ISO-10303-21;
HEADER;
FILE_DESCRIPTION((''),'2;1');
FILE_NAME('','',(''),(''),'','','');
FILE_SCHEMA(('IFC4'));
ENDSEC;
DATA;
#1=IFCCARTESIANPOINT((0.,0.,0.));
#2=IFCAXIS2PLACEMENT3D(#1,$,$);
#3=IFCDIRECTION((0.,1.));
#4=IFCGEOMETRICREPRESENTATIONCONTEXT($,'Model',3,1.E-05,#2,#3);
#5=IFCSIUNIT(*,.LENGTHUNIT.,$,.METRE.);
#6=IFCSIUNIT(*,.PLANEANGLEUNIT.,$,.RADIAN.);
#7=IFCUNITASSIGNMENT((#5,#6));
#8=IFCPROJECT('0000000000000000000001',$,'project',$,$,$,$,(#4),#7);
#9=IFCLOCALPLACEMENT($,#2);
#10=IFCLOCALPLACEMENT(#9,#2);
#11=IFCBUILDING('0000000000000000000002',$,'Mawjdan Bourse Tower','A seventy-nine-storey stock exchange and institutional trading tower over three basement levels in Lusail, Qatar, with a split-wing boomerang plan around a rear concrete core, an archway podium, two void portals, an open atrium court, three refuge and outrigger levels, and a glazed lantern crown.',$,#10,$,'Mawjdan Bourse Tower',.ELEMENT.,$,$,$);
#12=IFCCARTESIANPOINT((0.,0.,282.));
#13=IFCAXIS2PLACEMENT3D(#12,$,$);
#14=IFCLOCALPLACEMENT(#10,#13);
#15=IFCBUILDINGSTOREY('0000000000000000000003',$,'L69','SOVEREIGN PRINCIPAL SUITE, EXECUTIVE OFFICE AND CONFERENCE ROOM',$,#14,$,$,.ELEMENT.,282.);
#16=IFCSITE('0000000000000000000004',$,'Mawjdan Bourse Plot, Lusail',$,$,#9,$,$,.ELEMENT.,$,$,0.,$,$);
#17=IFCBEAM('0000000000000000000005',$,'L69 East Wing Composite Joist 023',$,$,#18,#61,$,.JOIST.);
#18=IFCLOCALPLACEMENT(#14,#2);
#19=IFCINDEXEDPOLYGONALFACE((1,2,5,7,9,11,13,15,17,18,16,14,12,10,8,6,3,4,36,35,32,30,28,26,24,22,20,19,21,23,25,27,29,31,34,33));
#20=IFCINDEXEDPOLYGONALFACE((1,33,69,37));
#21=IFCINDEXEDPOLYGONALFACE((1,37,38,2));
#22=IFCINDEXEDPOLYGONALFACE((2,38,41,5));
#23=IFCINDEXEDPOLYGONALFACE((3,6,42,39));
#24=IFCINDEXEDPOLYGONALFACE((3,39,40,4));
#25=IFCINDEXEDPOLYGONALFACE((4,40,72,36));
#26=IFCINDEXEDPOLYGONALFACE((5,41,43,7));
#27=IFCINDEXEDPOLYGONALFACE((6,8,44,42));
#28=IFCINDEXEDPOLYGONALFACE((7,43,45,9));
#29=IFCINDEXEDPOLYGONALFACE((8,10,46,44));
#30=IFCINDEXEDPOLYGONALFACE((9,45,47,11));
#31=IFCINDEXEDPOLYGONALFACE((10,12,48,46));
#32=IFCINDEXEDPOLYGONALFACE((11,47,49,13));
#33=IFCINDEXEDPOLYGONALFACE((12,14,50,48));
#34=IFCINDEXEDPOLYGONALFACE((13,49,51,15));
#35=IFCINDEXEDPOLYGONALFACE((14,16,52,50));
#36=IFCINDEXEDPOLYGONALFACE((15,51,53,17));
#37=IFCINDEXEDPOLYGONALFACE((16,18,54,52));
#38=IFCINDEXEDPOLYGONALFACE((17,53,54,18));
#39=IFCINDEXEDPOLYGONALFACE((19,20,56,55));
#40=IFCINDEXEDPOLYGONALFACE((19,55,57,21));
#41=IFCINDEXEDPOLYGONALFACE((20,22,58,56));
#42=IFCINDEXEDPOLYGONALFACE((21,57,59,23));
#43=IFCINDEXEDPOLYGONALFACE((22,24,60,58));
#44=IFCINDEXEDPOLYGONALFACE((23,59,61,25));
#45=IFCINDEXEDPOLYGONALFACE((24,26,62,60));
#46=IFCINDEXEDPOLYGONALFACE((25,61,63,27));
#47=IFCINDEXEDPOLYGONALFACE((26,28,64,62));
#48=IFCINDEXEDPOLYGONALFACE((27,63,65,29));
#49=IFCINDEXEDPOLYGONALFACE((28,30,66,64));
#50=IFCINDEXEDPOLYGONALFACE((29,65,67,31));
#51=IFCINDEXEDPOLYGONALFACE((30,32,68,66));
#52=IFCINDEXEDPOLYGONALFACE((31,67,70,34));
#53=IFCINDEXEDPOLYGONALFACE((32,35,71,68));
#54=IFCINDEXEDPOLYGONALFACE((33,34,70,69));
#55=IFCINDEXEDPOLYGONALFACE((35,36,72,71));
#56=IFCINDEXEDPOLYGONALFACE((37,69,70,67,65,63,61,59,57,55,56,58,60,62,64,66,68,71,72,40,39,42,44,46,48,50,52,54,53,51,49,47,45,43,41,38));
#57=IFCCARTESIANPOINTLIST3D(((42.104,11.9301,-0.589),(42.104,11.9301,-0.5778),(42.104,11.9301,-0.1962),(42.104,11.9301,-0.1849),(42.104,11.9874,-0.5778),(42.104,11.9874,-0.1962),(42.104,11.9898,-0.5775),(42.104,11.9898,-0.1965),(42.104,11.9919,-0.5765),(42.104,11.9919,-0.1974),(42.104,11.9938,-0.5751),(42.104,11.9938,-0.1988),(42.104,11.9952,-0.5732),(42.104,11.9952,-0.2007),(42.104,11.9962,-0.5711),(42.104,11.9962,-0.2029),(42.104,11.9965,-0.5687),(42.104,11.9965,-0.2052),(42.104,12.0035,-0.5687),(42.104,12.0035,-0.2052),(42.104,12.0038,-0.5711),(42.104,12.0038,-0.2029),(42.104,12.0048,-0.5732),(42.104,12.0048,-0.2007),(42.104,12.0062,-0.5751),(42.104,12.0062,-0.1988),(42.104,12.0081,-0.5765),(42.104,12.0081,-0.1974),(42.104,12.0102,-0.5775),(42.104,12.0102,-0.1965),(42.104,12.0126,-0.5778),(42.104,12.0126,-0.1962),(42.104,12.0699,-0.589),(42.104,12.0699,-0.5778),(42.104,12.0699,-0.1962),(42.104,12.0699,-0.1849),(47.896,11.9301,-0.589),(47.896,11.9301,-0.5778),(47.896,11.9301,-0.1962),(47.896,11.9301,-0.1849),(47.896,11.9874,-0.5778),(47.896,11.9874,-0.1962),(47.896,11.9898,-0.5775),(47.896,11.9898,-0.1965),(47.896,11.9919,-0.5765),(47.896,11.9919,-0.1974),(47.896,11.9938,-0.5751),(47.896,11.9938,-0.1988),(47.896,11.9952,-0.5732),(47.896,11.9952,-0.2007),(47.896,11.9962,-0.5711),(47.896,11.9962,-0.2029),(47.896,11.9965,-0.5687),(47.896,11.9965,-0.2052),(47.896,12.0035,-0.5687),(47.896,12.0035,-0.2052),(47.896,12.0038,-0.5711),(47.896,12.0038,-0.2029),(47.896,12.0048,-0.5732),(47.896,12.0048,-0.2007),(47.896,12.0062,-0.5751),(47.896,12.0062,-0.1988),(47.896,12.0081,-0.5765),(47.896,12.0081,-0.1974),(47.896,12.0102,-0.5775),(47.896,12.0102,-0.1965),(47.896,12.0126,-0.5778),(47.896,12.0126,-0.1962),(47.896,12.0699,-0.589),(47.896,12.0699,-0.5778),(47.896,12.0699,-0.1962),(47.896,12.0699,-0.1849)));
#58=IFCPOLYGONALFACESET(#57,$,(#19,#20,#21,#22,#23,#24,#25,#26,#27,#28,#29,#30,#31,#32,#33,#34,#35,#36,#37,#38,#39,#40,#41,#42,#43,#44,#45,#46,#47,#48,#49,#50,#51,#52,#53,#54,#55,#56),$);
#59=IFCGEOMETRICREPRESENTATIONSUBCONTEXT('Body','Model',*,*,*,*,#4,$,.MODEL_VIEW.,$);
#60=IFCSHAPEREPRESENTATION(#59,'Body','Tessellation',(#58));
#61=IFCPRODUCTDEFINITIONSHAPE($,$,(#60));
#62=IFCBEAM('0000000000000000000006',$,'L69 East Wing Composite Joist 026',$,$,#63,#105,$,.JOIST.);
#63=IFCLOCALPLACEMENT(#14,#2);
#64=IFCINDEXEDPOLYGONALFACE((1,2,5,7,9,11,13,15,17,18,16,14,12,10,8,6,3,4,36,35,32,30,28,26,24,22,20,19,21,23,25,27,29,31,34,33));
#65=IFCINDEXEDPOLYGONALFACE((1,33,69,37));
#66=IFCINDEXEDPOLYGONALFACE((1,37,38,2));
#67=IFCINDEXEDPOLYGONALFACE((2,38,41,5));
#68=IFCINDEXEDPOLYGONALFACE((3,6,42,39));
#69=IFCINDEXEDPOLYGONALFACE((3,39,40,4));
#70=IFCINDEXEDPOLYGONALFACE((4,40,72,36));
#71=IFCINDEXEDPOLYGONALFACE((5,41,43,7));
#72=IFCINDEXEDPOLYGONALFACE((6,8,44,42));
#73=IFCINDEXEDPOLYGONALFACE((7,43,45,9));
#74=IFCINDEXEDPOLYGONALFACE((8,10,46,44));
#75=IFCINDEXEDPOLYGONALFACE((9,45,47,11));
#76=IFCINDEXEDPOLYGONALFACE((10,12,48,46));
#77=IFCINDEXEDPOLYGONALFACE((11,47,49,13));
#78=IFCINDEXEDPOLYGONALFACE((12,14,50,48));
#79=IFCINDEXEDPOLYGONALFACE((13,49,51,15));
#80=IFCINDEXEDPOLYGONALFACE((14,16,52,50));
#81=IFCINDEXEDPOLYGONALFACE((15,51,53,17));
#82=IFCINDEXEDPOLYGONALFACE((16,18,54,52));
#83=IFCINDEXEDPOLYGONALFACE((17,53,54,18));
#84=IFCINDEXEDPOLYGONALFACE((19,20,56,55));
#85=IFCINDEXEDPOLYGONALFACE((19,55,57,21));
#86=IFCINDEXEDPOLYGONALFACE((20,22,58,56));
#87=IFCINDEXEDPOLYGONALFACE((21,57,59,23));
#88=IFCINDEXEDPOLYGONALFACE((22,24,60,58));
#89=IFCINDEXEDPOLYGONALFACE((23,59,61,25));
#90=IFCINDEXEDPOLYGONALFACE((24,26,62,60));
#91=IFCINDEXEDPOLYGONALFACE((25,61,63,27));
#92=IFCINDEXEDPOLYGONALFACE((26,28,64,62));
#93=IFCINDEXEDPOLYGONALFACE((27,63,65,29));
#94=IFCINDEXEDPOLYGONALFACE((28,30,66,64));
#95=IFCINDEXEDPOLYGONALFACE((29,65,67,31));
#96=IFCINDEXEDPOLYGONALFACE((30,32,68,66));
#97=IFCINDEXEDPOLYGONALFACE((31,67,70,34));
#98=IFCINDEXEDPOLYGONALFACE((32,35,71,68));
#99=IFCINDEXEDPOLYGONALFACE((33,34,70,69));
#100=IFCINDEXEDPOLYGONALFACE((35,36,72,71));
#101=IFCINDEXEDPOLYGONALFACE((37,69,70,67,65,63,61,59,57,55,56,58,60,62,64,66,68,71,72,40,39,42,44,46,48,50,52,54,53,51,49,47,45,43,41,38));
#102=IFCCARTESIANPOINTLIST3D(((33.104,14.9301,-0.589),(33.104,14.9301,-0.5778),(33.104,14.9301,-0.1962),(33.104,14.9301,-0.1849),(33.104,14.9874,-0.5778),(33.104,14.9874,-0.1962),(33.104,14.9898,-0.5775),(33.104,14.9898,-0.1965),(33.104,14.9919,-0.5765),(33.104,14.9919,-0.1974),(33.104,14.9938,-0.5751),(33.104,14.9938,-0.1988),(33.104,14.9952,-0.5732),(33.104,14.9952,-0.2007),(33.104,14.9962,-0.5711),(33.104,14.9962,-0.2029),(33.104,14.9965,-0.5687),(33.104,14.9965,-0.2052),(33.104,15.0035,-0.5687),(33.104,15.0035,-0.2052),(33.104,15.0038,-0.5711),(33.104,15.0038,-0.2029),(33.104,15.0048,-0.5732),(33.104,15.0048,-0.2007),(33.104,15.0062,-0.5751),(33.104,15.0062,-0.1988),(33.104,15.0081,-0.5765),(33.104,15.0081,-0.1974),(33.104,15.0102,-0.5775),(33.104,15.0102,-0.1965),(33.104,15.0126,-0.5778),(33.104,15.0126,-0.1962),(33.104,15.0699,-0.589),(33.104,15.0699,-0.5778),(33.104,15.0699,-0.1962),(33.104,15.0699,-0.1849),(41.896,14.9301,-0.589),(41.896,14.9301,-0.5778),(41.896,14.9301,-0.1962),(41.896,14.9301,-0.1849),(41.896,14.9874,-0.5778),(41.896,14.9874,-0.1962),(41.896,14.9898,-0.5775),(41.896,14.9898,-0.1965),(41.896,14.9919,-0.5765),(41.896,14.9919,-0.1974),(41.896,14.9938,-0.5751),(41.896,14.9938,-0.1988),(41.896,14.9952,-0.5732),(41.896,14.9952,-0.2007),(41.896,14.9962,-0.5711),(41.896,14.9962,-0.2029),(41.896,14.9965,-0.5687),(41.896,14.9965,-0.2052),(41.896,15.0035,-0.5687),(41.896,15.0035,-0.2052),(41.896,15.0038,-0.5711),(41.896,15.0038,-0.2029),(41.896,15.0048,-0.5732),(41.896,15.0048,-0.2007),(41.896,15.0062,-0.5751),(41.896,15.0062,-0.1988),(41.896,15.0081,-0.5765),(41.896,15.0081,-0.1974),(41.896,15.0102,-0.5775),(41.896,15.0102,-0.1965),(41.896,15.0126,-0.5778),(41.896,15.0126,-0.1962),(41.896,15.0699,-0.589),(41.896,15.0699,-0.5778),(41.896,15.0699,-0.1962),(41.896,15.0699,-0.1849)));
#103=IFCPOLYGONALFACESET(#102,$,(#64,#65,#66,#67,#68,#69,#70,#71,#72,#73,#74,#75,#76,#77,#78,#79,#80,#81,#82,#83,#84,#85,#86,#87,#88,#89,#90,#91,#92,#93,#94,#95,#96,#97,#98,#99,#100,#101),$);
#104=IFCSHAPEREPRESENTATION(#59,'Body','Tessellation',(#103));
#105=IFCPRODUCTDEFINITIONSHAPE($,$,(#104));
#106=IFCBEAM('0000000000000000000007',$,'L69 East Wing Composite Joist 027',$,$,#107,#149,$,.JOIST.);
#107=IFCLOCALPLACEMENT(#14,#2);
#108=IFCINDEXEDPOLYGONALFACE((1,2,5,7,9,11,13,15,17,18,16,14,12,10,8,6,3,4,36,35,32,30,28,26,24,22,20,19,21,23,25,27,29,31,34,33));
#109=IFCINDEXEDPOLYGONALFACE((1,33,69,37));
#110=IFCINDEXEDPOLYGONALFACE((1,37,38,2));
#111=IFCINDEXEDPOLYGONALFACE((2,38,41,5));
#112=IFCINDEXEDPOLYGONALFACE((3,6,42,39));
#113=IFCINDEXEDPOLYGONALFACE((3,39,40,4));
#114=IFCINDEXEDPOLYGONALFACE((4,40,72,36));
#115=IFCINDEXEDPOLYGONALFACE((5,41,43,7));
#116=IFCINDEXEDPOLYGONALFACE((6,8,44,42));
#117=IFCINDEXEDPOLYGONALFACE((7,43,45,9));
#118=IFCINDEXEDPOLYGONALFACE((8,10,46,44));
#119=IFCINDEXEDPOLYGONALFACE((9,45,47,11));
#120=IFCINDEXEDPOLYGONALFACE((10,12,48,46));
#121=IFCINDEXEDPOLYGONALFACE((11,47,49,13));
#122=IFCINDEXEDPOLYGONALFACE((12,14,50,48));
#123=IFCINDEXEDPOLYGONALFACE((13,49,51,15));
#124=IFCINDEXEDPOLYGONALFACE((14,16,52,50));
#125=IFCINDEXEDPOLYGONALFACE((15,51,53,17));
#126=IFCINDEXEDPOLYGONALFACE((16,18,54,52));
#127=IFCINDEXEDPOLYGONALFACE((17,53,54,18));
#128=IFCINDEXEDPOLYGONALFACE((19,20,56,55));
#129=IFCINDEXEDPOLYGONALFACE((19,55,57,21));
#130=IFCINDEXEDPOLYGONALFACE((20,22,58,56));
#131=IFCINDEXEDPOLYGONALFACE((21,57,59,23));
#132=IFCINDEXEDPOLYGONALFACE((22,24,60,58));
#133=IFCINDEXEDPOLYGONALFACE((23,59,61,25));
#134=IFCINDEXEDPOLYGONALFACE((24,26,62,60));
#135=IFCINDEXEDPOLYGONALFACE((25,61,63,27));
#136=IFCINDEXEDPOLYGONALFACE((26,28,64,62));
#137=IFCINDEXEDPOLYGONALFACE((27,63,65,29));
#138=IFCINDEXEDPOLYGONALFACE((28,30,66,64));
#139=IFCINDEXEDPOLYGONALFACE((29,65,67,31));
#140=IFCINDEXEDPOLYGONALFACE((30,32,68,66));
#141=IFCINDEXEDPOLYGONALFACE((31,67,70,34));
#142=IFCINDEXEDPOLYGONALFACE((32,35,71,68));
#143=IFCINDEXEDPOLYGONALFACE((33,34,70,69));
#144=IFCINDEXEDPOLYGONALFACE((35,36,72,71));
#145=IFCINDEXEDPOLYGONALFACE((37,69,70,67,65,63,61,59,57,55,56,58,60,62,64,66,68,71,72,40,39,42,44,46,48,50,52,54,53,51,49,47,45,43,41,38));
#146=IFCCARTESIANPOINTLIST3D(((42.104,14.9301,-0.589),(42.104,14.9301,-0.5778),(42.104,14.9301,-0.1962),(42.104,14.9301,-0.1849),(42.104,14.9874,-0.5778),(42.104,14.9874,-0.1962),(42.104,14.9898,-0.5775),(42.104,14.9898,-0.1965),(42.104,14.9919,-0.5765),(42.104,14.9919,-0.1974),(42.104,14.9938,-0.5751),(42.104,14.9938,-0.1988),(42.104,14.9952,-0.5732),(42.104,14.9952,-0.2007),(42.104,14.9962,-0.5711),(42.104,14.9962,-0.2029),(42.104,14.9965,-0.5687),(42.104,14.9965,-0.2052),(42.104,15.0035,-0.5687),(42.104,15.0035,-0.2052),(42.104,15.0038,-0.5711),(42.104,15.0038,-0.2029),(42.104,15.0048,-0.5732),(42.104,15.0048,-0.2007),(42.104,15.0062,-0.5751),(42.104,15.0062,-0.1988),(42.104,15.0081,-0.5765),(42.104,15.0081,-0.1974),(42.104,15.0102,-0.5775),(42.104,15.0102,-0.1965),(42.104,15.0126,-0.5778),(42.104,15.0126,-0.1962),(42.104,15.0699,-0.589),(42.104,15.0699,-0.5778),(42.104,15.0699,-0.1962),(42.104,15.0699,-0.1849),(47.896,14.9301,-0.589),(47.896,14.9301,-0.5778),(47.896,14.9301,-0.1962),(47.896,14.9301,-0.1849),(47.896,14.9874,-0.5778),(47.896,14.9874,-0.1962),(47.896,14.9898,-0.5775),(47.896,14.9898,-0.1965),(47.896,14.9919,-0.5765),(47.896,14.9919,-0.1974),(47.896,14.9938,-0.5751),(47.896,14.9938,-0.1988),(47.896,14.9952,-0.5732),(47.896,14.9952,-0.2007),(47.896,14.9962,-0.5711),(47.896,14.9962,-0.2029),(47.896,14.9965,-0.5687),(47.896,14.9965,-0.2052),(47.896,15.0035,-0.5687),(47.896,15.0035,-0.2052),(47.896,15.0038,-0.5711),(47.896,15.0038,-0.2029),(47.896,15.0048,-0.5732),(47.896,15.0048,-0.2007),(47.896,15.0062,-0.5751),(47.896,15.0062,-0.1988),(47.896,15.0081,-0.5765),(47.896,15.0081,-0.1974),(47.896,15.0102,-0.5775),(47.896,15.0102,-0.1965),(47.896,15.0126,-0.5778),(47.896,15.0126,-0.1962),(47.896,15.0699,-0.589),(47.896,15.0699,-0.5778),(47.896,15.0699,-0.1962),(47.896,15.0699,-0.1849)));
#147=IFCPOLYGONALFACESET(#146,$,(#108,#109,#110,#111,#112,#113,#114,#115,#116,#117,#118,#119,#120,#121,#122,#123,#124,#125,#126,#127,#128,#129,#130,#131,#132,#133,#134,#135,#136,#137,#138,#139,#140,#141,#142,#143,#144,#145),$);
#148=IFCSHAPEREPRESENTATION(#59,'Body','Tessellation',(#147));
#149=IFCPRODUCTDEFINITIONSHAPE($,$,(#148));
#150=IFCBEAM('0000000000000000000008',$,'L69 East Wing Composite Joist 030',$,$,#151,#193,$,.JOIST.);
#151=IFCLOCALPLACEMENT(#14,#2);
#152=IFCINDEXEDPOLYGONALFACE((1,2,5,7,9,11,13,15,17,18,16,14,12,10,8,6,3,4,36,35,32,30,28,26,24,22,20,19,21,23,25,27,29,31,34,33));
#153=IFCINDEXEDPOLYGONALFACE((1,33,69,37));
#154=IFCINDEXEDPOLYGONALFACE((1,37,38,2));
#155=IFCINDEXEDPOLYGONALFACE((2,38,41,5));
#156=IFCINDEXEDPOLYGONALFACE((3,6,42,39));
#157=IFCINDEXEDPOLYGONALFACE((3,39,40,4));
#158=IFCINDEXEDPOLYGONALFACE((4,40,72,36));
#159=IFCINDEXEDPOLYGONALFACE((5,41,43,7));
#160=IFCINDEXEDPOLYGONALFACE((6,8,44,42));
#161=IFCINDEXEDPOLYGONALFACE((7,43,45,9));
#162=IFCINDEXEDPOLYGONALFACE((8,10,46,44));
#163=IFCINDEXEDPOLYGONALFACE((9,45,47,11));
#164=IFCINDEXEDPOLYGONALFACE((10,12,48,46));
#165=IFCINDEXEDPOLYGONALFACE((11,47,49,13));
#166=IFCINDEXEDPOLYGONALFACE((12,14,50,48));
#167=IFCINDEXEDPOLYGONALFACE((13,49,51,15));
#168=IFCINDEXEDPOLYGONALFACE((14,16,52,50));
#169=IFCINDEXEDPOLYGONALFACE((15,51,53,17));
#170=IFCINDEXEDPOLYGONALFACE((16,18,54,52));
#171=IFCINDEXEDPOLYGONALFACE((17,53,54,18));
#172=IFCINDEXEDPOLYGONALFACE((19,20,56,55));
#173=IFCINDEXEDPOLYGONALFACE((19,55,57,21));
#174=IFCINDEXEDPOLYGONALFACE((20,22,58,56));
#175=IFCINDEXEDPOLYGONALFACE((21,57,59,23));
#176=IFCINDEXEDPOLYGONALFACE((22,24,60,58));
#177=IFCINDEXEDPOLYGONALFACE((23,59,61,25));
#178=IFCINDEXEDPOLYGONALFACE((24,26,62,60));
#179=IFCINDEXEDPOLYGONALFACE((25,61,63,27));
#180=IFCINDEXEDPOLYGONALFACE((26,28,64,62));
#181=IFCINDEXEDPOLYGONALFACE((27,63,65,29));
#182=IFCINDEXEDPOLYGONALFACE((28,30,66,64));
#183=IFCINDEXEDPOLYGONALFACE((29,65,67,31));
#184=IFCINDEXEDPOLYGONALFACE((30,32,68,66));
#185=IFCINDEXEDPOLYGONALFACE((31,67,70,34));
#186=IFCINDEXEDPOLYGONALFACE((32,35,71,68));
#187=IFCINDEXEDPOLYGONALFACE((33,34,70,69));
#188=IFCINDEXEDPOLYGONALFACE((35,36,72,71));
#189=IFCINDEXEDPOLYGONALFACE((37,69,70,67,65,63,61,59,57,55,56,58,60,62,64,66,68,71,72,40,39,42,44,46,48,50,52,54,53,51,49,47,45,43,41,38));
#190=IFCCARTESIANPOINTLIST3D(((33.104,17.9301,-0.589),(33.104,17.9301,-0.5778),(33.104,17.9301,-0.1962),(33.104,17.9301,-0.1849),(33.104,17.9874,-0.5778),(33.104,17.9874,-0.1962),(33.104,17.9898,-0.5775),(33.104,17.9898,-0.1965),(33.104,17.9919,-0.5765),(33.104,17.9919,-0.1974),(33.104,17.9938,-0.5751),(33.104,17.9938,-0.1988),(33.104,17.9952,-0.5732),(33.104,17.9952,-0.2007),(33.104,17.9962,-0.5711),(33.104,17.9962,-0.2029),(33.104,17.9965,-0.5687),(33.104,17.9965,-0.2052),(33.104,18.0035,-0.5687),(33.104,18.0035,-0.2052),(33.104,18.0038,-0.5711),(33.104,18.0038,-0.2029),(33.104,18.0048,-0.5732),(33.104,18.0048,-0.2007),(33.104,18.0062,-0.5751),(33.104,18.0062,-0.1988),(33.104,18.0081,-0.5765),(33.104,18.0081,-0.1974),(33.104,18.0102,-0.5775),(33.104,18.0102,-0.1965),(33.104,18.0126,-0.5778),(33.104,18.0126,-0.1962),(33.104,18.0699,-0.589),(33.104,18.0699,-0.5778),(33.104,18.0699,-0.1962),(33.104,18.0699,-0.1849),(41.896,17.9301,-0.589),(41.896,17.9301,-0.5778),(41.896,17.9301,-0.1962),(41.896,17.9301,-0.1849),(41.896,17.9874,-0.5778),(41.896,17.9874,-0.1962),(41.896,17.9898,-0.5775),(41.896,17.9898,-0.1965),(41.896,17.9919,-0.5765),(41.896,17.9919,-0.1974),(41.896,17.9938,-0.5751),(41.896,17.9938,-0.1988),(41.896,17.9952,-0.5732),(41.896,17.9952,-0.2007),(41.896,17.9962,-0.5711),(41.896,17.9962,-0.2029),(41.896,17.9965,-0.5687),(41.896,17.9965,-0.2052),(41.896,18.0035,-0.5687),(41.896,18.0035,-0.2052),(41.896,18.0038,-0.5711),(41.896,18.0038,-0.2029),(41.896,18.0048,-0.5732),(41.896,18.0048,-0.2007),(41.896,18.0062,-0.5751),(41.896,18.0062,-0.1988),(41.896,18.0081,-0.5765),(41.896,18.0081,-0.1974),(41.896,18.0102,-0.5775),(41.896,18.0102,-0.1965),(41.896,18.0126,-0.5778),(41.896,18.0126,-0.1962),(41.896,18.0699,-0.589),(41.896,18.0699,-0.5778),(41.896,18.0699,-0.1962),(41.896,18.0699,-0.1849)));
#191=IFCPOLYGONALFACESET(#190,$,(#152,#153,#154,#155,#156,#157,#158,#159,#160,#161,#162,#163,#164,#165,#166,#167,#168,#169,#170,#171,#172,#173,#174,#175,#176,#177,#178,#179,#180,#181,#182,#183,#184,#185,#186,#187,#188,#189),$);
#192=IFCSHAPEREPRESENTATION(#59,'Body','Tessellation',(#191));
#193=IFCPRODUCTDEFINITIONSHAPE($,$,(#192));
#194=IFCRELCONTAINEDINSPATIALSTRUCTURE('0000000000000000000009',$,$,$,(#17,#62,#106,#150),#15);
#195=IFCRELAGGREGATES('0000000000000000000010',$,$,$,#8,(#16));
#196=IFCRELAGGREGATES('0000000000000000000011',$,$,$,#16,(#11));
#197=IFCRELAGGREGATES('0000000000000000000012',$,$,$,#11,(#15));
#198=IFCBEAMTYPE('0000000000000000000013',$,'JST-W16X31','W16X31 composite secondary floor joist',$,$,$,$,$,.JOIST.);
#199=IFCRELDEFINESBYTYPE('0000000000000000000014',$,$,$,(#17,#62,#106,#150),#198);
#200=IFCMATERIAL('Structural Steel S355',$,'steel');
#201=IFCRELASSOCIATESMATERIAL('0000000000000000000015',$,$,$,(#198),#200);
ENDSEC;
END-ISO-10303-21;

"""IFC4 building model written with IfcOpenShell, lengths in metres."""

from ifc_helpers import new_model, si_unit, direction, frame, origin, origin_2d, place, context, subcontext, project, spatial, i_section, extrude, material, material_profile, profile_set, type_object, element, save


model = new_model("IFC4")

# Units and contexts
model_context = context("Model", 3, precision=1e-05, world=origin(), true_north=direction((0.0, 1.0)))
body_context = subcontext(model_context, "Body", "Model", "MODEL_VIEW")
ifc_project = project(units=[si_unit("LENGTHUNIT", "METRE"), si_unit("PLANEANGLEUNIT", "RADIAN")], contexts=[model_context])

# Site, building, storey
site_placement = place(None, origin())
site = spatial("IfcSite", under=ifc_project, at=site_placement, Name="Mawjdan Bourse Plot, Lusail", CompositionType="ELEMENT", RefElevation=0.0)
building_placement = place(site_placement, origin())
building = spatial("IfcBuilding", under=site, at=building_placement, Name="Mawjdan Bourse Tower", Description="A seventy-nine-storey stock exchange and institutional trading tower over three basement levels in Lusail, Qatar, with a split-wing boomerang plan around a rear concrete core, an archway podium, two void portals, an open atrium court, three refuge and outrigger levels, and a glazed lantern crown.", LongName="Mawjdan Bourse Tower", CompositionType="ELEMENT")
storey_placement = place(building_placement, frame((0.0, 0.0, 282.0)))
storey = spatial("IfcBuildingStorey", under=building, at=storey_placement, Name="L69", Description="SOVEREIGN PRINCIPAL SUITE, EXECUTIVE OFFICE AND CONFERENCE ROOM", CompositionType="ELEMENT", Elevation=282.0)

# Beams
ifc_material_1 = material(Name="Structural Steel S355", Category="steel")
ifc_material_profile_1 = material_profile(ifc_material_1, i_section(OverallWidth=0.1399, OverallDepth=0.4041, WebThickness=0.0071, FlangeThickness=0.0112, FilletRadius=0.009, at=origin_2d()), Name="W16X31")
ifc_profile_set_1 = profile_set([ifc_material_profile_1], Name="Structural Steel S355")
beam_type_1 = type_object("IfcBeamType", Name="JST-W16X31", Description="W16X31 composite secondary floor joist", PredefinedType="JOIST", material=ifc_profile_set_1)
for number, where, z_axis, x_axis, name in (
    (1, (42.104, 12.0, -0.387), (1.0, 0.0, 0.0), (0.0, 1.0, 0.0), "L69 East Wing Composite Joist 023"),
):
    element("IfcBeam", number, at=place(storey_placement, frame(where, z_axis=z_axis, x_axis=x_axis)), inside=storey, type_object=beam_type_1, Name=name, PredefinedType="JOIST", context=body_context, shape_type="SweptSolid", body=[
        extrude(i_section(OverallWidth=0.1399, OverallDepth=0.4041, WebThickness=0.0071, FlangeThickness=0.0112, FilletRadius=0.009, at=origin_2d()), origin(), (0.0, 0.0, 1.0), 5.792),
    ])
beam_1_placement = place(storey_placement, frame((33.104, 15.0, -0.387), z_axis=(1.0, 0.0, 0.0), x_axis=(0.0, 1.0, 0.0)))
element("IfcBeam", 2, at=beam_1_placement, inside=storey, type_object=beam_type_1, Name="L69 East Wing Composite Joist 026", PredefinedType="JOIST", context=body_context, shape_type="SweptSolid", body=[
    extrude(i_section(OverallWidth=0.1399, OverallDepth=0.4041, WebThickness=0.0071, FlangeThickness=0.0112, FilletRadius=0.009, at=origin_2d()), origin(), (0.0, 0.0, 1.0), 8.792),
])
beam_2_placement = place(storey_placement, frame((42.104, 15.0, -0.387), z_axis=(1.0, 0.0, 0.0), x_axis=(0.0, 1.0, 0.0)))
element("IfcBeam", 3, at=beam_2_placement, inside=storey, type_object=beam_type_1, Name="L69 East Wing Composite Joist 027", PredefinedType="JOIST", context=body_context, shape_type="SweptSolid", body=[
    extrude(i_section(OverallWidth=0.1399, OverallDepth=0.4041, WebThickness=0.0071, FlangeThickness=0.0112, FilletRadius=0.009, at=origin_2d()), origin(), (0.0, 0.0, 1.0), 5.792),
])
beam_3_placement = place(storey_placement, frame((33.104, 18.0, -0.387), z_axis=(1.0, 0.0, 0.0), x_axis=(0.0, 1.0, 0.0)))
element("IfcBeam", 4, at=beam_3_placement, inside=storey, type_object=beam_type_1, Name="L69 East Wing Composite Joist 030", PredefinedType="JOIST", context=body_context, shape_type="SweptSolid", body=[
    extrude(i_section(OverallWidth=0.1399, OverallDepth=0.4041, WebThickness=0.0071, FlangeThickness=0.0112, FilletRadius=0.009, at=origin_2d()), origin(), (0.0, 0.0, 1.0), 8.792),
])

save(model, "model.ifc")
